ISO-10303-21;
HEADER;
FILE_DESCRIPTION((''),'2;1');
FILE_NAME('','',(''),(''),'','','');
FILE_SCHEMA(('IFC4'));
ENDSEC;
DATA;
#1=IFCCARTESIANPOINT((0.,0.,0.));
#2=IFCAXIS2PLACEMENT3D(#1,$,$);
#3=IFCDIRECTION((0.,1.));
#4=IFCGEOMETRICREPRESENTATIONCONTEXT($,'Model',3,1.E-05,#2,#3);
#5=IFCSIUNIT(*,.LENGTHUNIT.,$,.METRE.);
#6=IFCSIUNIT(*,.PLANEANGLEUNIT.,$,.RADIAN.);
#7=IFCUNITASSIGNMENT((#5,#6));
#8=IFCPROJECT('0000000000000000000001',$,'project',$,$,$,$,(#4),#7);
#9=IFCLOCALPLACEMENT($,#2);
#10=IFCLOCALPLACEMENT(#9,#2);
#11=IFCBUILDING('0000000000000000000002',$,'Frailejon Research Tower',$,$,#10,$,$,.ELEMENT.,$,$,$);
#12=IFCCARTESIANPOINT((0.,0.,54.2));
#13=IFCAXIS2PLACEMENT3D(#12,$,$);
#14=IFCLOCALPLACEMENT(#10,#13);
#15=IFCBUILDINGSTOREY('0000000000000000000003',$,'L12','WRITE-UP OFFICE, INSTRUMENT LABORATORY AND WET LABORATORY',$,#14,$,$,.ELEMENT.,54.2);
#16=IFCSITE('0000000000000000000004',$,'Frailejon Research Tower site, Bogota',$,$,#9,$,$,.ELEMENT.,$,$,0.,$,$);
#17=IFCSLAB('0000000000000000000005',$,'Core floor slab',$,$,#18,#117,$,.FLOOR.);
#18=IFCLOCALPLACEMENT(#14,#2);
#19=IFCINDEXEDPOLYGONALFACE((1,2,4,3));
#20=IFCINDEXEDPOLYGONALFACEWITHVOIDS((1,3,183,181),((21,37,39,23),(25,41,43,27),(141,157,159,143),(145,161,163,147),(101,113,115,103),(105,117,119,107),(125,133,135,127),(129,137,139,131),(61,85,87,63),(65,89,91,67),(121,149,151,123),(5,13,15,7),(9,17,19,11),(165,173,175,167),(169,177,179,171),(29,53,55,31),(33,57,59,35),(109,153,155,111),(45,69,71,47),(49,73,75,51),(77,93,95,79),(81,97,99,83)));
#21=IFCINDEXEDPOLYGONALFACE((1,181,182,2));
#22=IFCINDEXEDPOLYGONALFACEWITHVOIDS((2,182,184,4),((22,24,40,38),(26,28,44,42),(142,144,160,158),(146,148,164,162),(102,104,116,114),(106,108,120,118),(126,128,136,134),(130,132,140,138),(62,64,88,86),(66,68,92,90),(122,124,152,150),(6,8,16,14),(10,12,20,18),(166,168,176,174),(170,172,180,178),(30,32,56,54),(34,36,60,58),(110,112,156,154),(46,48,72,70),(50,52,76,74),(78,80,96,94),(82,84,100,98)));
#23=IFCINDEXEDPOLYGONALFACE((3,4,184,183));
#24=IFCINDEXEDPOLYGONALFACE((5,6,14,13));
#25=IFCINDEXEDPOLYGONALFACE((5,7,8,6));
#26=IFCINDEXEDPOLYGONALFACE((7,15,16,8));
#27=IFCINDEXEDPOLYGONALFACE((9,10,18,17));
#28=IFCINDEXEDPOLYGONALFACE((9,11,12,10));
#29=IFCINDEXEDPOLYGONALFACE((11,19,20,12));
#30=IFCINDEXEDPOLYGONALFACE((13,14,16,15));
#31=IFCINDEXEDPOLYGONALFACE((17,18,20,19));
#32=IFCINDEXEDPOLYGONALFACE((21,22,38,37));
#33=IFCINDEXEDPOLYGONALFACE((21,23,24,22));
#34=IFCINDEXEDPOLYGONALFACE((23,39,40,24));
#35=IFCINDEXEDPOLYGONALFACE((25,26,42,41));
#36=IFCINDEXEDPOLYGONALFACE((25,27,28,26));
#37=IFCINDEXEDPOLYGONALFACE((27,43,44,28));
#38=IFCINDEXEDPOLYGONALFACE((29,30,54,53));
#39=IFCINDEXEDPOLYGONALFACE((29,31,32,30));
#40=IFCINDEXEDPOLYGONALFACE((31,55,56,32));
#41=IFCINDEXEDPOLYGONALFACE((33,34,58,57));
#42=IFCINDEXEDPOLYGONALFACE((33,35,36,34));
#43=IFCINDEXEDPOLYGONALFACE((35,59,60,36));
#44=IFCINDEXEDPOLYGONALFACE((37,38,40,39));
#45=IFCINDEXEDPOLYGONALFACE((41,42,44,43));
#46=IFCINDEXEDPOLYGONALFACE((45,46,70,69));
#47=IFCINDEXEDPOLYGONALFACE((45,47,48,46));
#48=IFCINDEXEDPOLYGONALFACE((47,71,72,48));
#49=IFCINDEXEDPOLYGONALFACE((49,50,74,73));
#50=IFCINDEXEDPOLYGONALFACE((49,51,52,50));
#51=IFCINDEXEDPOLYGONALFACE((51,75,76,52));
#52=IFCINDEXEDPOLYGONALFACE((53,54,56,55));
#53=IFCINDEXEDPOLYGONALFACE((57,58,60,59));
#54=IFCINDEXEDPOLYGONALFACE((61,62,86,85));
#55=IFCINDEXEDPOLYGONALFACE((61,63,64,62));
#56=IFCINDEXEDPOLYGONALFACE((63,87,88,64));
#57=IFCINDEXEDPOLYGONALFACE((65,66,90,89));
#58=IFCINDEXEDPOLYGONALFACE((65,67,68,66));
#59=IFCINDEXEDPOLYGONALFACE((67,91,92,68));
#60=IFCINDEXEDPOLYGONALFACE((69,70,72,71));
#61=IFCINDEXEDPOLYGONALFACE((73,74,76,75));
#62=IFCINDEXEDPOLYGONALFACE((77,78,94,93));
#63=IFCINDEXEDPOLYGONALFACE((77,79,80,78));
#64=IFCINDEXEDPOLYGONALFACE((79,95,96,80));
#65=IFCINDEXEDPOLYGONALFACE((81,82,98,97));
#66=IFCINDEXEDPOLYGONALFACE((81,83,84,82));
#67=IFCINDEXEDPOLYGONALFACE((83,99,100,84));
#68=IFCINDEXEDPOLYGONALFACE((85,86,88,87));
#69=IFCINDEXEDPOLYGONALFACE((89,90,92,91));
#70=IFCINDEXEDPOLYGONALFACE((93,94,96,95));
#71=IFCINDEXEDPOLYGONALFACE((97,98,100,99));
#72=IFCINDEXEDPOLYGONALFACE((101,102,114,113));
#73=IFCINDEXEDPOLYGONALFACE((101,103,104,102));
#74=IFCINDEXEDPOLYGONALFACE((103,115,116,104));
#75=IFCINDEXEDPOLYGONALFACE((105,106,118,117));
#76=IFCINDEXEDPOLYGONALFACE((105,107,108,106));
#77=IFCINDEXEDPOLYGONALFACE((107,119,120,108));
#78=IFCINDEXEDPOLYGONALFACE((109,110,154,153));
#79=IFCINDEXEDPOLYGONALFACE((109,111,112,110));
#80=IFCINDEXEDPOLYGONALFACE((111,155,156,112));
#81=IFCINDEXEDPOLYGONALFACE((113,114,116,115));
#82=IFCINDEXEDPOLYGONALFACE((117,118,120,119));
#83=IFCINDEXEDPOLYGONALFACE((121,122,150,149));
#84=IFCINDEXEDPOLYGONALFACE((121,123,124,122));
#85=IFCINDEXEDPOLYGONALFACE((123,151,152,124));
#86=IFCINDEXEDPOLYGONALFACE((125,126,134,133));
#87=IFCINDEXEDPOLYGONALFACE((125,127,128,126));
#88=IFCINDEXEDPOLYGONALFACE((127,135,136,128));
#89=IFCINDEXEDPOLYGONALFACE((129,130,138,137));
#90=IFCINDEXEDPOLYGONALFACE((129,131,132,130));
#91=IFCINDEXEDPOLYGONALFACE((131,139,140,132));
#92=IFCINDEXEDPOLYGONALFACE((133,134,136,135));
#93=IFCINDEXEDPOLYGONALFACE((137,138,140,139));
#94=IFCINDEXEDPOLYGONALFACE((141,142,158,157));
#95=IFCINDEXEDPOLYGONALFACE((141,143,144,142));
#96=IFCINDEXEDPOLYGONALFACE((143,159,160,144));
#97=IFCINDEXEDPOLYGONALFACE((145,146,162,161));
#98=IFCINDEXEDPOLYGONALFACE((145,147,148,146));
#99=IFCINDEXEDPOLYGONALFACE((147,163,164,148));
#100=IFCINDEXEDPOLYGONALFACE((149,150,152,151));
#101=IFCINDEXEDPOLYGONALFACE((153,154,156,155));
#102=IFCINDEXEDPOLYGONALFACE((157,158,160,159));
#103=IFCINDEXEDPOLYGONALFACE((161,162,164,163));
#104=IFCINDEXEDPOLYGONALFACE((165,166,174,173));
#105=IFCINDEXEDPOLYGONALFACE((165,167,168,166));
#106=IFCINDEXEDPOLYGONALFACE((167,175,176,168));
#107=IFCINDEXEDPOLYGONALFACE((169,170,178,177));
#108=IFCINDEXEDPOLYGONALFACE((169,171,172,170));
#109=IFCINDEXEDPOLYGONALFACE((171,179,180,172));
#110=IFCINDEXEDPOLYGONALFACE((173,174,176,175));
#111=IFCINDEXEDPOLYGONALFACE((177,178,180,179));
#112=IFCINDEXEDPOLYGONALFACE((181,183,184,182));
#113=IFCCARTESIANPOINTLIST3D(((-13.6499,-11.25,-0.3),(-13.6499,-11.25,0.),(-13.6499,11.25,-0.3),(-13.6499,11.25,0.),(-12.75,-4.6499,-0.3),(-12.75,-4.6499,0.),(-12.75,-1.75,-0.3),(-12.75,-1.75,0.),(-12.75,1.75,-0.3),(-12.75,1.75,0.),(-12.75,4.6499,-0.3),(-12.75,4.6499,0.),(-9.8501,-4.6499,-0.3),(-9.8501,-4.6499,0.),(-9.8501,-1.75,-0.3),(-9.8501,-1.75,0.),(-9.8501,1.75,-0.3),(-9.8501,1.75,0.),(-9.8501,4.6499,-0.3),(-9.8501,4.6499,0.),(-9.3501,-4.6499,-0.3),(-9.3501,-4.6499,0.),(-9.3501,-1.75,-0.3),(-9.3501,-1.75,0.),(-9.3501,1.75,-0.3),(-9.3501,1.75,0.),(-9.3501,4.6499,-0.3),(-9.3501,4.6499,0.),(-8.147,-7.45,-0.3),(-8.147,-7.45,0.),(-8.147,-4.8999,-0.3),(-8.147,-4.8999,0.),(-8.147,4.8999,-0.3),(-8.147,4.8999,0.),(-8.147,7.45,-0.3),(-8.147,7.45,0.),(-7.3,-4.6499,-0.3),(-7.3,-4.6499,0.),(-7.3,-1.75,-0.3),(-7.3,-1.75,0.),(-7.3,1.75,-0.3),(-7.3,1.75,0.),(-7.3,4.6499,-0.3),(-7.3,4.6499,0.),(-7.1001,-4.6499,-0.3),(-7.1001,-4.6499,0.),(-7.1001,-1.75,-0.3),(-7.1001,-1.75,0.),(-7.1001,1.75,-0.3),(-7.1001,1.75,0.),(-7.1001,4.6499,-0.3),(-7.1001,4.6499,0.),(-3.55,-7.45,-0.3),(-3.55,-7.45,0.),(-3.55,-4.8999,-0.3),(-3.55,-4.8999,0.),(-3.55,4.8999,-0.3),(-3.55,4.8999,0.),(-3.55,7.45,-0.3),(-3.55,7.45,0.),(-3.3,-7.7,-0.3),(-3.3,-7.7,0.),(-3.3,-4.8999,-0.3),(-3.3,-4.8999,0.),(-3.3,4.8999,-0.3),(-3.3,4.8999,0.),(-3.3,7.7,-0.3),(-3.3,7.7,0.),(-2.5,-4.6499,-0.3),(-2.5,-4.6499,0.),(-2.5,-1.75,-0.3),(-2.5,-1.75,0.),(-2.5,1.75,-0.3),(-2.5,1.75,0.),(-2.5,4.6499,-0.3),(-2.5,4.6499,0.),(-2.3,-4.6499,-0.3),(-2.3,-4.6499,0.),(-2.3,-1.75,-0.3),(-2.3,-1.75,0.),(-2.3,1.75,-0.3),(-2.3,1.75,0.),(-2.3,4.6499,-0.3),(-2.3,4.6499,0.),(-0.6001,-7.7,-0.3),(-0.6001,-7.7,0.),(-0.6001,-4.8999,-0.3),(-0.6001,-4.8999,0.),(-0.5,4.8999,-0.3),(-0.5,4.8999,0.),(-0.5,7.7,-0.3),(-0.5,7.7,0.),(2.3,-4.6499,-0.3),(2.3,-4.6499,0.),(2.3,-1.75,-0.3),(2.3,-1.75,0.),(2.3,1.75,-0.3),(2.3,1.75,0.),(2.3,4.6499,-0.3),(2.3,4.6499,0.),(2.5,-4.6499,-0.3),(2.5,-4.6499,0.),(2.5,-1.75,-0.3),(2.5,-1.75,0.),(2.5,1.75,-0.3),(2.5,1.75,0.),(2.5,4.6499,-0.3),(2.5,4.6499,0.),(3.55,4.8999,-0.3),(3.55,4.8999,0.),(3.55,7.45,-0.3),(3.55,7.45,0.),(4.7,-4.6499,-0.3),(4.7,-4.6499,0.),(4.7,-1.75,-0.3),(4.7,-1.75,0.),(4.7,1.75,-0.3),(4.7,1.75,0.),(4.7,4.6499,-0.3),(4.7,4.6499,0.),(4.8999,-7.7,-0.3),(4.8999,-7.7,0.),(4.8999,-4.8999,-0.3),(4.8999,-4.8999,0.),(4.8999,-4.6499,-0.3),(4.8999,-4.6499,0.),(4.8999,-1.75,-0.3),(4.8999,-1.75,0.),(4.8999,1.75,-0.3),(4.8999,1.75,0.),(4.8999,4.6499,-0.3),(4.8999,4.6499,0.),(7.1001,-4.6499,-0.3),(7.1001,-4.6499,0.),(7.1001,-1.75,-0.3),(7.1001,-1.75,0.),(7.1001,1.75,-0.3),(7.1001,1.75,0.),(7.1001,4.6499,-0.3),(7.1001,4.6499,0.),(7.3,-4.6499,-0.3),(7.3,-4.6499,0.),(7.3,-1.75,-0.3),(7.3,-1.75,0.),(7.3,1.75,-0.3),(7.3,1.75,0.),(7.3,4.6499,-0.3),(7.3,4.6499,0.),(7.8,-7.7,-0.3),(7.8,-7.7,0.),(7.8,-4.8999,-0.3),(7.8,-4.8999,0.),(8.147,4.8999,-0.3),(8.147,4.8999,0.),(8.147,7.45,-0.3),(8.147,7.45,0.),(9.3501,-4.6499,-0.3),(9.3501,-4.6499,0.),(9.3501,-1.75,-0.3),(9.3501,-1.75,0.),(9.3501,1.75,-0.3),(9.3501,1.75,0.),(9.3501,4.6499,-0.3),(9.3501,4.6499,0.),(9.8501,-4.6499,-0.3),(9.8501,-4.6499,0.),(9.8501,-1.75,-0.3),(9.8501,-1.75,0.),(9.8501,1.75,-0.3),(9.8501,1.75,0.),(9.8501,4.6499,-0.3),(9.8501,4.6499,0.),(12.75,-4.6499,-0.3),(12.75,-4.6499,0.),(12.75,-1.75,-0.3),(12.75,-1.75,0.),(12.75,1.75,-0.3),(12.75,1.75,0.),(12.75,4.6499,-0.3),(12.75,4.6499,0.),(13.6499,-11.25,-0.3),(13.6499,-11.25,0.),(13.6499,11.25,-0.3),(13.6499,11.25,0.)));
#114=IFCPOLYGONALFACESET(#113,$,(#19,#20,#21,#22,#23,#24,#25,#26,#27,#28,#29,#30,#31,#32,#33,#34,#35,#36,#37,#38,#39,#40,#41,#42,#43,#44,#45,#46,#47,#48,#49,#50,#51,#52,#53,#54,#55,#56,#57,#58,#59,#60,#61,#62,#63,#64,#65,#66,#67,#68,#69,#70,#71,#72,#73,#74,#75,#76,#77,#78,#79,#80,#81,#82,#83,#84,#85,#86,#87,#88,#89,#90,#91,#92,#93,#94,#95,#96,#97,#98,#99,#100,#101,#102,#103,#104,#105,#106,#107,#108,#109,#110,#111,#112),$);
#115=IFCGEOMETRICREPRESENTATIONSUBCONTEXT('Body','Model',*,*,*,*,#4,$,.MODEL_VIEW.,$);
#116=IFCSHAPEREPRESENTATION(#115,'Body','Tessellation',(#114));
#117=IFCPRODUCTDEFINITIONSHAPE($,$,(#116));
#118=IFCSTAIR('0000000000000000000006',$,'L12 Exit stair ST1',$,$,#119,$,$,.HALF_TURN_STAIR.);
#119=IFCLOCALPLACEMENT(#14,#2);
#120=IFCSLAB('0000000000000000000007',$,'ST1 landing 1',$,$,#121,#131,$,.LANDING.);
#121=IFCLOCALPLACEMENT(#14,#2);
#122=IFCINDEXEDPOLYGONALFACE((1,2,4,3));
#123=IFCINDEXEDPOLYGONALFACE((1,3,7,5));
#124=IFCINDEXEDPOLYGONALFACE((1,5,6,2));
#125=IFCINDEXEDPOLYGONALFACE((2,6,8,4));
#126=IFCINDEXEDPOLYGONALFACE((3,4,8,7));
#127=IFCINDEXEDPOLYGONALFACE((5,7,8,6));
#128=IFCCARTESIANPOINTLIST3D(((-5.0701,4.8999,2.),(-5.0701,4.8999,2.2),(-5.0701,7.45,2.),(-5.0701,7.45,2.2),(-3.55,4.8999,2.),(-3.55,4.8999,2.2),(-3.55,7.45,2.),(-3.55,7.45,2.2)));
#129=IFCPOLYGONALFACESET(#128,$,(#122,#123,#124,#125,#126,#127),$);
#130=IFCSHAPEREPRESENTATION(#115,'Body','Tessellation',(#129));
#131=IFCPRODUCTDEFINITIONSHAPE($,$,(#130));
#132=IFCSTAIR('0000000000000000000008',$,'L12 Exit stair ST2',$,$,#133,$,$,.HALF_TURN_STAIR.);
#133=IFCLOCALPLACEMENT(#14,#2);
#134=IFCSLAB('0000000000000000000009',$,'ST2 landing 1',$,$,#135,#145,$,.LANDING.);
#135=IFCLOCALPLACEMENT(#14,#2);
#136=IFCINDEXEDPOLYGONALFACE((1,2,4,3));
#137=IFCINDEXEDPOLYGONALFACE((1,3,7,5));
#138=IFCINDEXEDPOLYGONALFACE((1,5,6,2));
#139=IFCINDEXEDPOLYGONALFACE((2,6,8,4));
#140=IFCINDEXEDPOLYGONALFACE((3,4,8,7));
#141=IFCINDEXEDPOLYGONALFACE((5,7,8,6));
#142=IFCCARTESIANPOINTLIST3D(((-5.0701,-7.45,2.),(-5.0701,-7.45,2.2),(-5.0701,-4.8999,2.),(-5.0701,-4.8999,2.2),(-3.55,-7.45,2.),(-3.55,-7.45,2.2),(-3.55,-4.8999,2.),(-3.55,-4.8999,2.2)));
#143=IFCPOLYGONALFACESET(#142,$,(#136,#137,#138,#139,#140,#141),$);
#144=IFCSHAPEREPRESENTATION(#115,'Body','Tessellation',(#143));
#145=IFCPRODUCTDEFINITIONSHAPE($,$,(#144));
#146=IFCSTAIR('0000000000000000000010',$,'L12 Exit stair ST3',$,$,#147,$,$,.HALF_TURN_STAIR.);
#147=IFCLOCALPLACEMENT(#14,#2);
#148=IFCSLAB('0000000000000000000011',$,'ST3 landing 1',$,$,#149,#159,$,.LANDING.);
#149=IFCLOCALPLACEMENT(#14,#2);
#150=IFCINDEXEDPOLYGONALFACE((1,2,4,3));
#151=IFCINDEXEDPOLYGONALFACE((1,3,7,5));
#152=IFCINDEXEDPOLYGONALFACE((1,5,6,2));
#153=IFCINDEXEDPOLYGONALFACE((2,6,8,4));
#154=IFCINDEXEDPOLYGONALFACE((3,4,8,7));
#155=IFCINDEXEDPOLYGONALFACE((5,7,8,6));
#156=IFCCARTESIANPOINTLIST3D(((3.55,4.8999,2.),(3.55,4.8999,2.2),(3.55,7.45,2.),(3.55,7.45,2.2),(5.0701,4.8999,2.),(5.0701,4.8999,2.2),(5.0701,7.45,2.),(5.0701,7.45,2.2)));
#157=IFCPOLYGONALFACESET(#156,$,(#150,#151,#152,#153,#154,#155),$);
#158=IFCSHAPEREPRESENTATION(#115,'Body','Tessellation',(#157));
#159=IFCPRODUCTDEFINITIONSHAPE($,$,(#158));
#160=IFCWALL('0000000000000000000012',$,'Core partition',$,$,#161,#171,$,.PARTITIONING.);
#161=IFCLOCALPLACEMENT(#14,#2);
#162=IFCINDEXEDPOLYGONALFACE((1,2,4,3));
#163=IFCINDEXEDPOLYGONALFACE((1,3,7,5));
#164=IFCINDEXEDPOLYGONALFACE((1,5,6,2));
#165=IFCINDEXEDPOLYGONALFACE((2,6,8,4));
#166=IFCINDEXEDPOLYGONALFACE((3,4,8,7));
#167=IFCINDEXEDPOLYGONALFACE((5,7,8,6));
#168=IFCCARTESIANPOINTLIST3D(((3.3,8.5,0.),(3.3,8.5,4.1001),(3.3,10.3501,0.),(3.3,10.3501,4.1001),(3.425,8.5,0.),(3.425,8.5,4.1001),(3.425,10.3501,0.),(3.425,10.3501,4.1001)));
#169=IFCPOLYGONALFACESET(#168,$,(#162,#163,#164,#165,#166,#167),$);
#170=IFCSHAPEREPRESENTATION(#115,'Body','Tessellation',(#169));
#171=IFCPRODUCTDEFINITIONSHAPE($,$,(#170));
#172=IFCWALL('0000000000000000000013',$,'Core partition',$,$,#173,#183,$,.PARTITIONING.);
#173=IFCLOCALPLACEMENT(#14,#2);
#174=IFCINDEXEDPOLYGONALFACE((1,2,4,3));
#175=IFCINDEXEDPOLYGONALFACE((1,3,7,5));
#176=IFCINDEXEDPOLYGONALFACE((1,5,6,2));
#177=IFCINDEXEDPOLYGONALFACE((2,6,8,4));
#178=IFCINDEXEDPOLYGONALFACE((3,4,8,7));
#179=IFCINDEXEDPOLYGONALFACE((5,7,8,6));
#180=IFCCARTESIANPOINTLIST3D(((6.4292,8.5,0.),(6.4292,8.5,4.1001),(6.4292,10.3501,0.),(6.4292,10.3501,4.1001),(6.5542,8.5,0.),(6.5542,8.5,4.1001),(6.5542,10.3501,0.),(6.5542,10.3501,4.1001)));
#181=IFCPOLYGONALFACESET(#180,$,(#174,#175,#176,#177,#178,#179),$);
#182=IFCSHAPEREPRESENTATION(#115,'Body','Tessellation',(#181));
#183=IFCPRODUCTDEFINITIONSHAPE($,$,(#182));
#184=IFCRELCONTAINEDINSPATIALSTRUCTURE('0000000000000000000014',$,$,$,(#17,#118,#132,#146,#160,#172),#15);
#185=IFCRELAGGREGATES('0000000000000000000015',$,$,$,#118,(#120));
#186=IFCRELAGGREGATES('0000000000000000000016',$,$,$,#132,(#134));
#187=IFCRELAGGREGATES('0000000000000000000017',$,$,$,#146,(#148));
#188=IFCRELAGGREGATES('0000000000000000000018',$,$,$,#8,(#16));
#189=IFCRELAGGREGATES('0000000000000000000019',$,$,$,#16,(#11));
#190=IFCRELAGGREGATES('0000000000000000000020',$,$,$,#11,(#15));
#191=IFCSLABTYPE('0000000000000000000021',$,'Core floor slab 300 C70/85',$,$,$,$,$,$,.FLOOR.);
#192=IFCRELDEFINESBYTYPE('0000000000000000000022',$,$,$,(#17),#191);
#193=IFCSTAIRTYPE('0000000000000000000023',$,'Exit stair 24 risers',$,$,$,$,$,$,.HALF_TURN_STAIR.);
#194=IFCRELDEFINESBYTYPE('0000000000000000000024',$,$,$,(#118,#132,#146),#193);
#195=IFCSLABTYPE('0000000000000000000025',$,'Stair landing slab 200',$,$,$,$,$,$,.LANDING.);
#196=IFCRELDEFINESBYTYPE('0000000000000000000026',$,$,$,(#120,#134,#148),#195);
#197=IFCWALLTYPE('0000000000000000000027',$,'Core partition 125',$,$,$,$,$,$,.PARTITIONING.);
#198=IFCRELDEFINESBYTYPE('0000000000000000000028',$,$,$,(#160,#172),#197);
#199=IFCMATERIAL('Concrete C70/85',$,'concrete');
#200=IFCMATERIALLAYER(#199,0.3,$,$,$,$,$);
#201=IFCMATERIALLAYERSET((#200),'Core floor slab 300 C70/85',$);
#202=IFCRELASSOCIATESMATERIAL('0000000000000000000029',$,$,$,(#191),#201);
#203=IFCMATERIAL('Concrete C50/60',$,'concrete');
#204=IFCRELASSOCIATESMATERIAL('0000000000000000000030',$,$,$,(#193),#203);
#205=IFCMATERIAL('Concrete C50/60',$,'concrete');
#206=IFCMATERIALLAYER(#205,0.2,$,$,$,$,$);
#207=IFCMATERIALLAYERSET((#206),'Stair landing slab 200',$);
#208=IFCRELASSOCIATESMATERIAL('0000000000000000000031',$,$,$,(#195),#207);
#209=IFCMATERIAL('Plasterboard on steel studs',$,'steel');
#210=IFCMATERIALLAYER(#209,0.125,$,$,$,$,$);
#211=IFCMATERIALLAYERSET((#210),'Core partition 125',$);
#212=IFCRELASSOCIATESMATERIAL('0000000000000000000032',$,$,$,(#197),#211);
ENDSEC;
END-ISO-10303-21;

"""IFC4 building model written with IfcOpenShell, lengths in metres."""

from ifc_helpers import new_model, si_unit, direction, frame, frame_2d, origin, place, context, subcontext, project, spatial, polyline, rectangle, outline, extrude, material, layer, layer_set, type_object, element, aggregate, save


model = new_model("IFC4")

# Units and contexts
model_context = context("Model", 3, precision=1e-05, world=origin(), true_north=direction((0.0, 1.0)))
body_context = subcontext(model_context, "Body", "Model", "MODEL_VIEW")
ifc_project = project(units=[si_unit("LENGTHUNIT", "METRE"), si_unit("PLANEANGLEUNIT", "RADIAN")], contexts=[model_context])

# Site, building, storey
site_placement = place(None, origin())
site = spatial("IfcSite", under=ifc_project, at=site_placement, Name="Frailejon Research Tower site, Bogota", CompositionType="ELEMENT", RefElevation=0.0)
building_placement = place(site_placement, origin())
building = spatial("IfcBuilding", under=site, at=building_placement, Name="Frailejon Research Tower", CompositionType="ELEMENT")
storey_placement = place(building_placement, frame((0.0, 0.0, 54.2)))
storey = spatial("IfcBuildingStorey", under=building, at=storey_placement, Name="L12", Description="WRITE-UP OFFICE, INSTRUMENT LABORATORY AND WET LABORATORY", CompositionType="ELEMENT", Elevation=54.2)

# Slab
ifc_material_1 = material(Name="Concrete C70/85", Category="concrete")
ifc_layer_1 = layer(ifc_material_1, 0.3)
ifc_layer_set_1 = layer_set([ifc_layer_1], Name="Core floor slab 300 C70/85")
slab_type_1 = type_object("IfcSlabType", Name="Core floor slab 300 C70/85", PredefinedType="FLOOR", material=ifc_layer_set_1)
slab_1_placement = place(storey_placement, frame((0.0, 0.0, -0.3)))
element("IfcSlab", 1, at=slab_1_placement, inside=storey, type_object=slab_type_1, Name="Core floor slab", PredefinedType="FLOOR", context=body_context, shape_type="SweptSolid", body=[
    extrude(outline(polyline([(13.6499, -11.25), (13.6499, 11.25), (-13.6499, 11.25), (-13.6499, -11.25), (13.6499, -11.25)]), holes=[polyline([(-9.8501, 1.75), (-9.8501, 4.6499), (-12.75, 4.6499), (-12.75, 1.75), (-9.8501, 1.75)]), polyline([(-7.3, 1.75), (-7.3, 4.6499), (-9.3501, 4.6499), (-9.3501, 1.75), (-7.3, 1.75)]), polyline([(-2.5, 1.75), (-2.5, 4.6499), (-7.1001, 4.6499), (-7.1001, 1.75), (-2.5, 1.75)]), polyline([(2.3, 1.75), (2.3, 4.6499), (-2.3, 4.6499), (-2.3, 1.75), (2.3, 1.75)]), polyline([(4.7, 1.75), (4.7, 4.6499), (2.5, 4.6499), (2.5, 1.75), (4.7, 1.75)]), polyline([(7.1001, 1.75), (7.1001, 4.6499), (4.8999, 4.6499), (4.8999, 1.75), (7.1001, 1.75)]), polyline([(9.3501, 1.75), (9.3501, 4.6499), (7.3, 4.6499), (7.3, 1.75), (9.3501, 1.75)]), polyline([(12.75, 1.75), (12.75, 4.6499), (9.8501, 4.6499), (9.8501, 1.75), (12.75, 1.75)]), polyline([(-9.8501, -4.6499), (-9.8501, -1.75), (-12.75, -1.75), (-12.75, -4.6499), (-9.8501, -4.6499)]), polyline([(-7.3, -4.6499), (-7.3, -1.75), (-9.3501, -1.75), (-9.3501, -4.6499), (-7.3, -4.6499)]), polyline([(-2.5, -4.6499), (-2.5, -1.75), (-7.1001, -1.75), (-7.1001, -4.6499), (-2.5, -4.6499)]), polyline([(2.3, -4.6499), (2.3, -1.75), (-2.3, -1.75), (-2.3, -4.6499), (2.3, -4.6499)]), polyline([(4.7, -4.6499), (4.7, -1.75), (2.5, -1.75), (2.5, -4.6499), (4.7, -4.6499)]), polyline([(7.1001, -4.6499), (7.1001, -1.75), (4.8999, -1.75), (4.8999, -4.6499), (7.1001, -4.6499)]), polyline([(9.3501, -4.6499), (9.3501, -1.75), (7.3, -1.75), (7.3, -4.6499), (9.3501, -4.6499)]), polyline([(12.75, -4.6499), (12.75, -1.75), (9.8501, -1.75), (9.8501, -4.6499), (12.75, -4.6499)]), polyline([(-8.147, 4.8999), (-3.55, 4.8999), (-3.55, 7.45), (-8.147, 7.45), (-8.147, 4.8999)]), polyline([(-8.147, -7.45), (-3.55, -7.45), (-3.55, -4.8999), (-8.147, -4.8999), (-8.147, -7.45)]), polyline([(8.147, 7.45), (3.55, 7.45), (3.55, 4.8999), (8.147, 4.8999), (8.147, 7.45)]), polyline([(-0.6001, -7.7), (-0.6001, -4.8999), (-3.3, -4.8999), (-3.3, -7.7), (-0.6001, -7.7)]), polyline([(7.8, -7.7), (7.8, -4.8999), (4.8999, -4.8999), (4.8999, -7.7), (7.8, -7.7)]), polyline([(-0.5, 4.8999), (-0.5, 7.7), (-3.3, 7.7), (-3.3, 4.8999), (-0.5, 4.8999)])]), origin(), (0.0, 0.0, 1.0), 0.3),
])

# Stairs, slabs
ifc_material_2 = material(Name="Concrete C50/60", Category="concrete")
stair_type = type_object("IfcStairType", Name="Exit stair 24 risers", PredefinedType="HALF_TURN_STAIR", material=ifc_material_2)
stair_1_placement = place(storey_placement, origin())
stair_1 = element("IfcStair", 2, at=stair_1_placement, inside=storey, type_object=stair_type, Name="L12 Exit stair ST1", PredefinedType="HALF_TURN_STAIR")
ifc_material_3 = material(Name="Concrete C50/60", Category="concrete")
ifc_layer_2 = layer(ifc_material_3, 0.2)
ifc_layer_set_2 = layer_set([ifc_layer_2], Name="Stair landing slab 200")
slab_type_2 = type_object("IfcSlabType", Name="Stair landing slab 200", PredefinedType="LANDING", material=ifc_layer_set_2)
slab_2_placement = place(storey_placement, frame((0.0, 0.0, 2.0)))
slab_2 = element("IfcSlab", 3, at=slab_2_placement, type_object=slab_type_2, Name="ST1 landing 1", PredefinedType="LANDING", context=body_context, shape_type="SweptSolid", body=[
    extrude(outline(polyline([(-5.0701, 4.8999), (-3.55, 4.8999), (-3.55, 7.45), (-5.0701, 7.45), (-5.0701, 4.8999)])), origin(), (0.0, 0.0, 1.0), 0.2),
])
aggregate(stair_1, [slab_2])
stair_2_placement = place(storey_placement, origin())
stair_2 = element("IfcStair", 4, at=stair_2_placement, inside=storey, type_object=stair_type, Name="L12 Exit stair ST2", PredefinedType="HALF_TURN_STAIR")
slab_3_placement = place(storey_placement, frame((0.0, 0.0, 2.0)))
slab_3 = element("IfcSlab", 5, at=slab_3_placement, type_object=slab_type_2, Name="ST2 landing 1", PredefinedType="LANDING", context=body_context, shape_type="SweptSolid", body=[
    extrude(outline(polyline([(-5.0701, -7.45), (-3.55, -7.45), (-3.55, -4.8999), (-5.0701, -4.8999), (-5.0701, -7.45)])), origin(), (0.0, 0.0, 1.0), 0.2),
])
aggregate(stair_2, [slab_3])
stair_3_placement = place(storey_placement, origin())
stair_3 = element("IfcStair", 6, at=stair_3_placement, inside=storey, type_object=stair_type, Name="L12 Exit stair ST3", PredefinedType="HALF_TURN_STAIR")
slab_4_placement = place(storey_placement, frame((0.0, 0.0, 2.0)))
slab_4 = element("IfcSlab", 7, at=slab_4_placement, type_object=slab_type_2, Name="ST3 landing 1", PredefinedType="LANDING", context=body_context, shape_type="SweptSolid", body=[
    extrude(outline(polyline([(5.0701, 7.45), (3.55, 7.45), (3.55, 4.8999), (5.0701, 4.8999), (5.0701, 7.45)])), origin(), (0.0, 0.0, 1.0), 0.2),
])

# Walls
ifc_material_4 = material(Name="Plasterboard on steel studs", Category="steel")
ifc_layer_3 = layer(ifc_material_4, 0.125)
ifc_layer_set_3 = layer_set([ifc_layer_3], Name="Core partition 125")
wall_type_1 = type_object("IfcWallType", Name="Core partition 125", PredefinedType="PARTITIONING", material=ifc_layer_set_3)
for number, where, z_axis, x_axis, name in (
    (8, (3.3625, 8.5, 0.0), (0.0, 0.0, 1.0), (0.0, 1.0, 0.0), "Core partition"),
    (9, (6.4917, 8.5, 0.0), (0.0, 0.0, 1.0), (0.0, 1.0, 0.0), "Core partition"),
):
    element("IfcWall", number, at=place(storey_placement, frame(where, z_axis=z_axis, x_axis=x_axis)), inside=storey, type_object=wall_type_1, Name=name, PredefinedType="PARTITIONING", context=body_context, shape_type="SweptSolid", body=[
        extrude(rectangle(XDim=1.8501, YDim=0.125, at=frame_2d((0.925, 0.0))), origin(), (0.0, 0.0, 1.0), 4.1001),
    ])

aggregate(stair_3, [slab_4])

save(model, "model.ifc")
